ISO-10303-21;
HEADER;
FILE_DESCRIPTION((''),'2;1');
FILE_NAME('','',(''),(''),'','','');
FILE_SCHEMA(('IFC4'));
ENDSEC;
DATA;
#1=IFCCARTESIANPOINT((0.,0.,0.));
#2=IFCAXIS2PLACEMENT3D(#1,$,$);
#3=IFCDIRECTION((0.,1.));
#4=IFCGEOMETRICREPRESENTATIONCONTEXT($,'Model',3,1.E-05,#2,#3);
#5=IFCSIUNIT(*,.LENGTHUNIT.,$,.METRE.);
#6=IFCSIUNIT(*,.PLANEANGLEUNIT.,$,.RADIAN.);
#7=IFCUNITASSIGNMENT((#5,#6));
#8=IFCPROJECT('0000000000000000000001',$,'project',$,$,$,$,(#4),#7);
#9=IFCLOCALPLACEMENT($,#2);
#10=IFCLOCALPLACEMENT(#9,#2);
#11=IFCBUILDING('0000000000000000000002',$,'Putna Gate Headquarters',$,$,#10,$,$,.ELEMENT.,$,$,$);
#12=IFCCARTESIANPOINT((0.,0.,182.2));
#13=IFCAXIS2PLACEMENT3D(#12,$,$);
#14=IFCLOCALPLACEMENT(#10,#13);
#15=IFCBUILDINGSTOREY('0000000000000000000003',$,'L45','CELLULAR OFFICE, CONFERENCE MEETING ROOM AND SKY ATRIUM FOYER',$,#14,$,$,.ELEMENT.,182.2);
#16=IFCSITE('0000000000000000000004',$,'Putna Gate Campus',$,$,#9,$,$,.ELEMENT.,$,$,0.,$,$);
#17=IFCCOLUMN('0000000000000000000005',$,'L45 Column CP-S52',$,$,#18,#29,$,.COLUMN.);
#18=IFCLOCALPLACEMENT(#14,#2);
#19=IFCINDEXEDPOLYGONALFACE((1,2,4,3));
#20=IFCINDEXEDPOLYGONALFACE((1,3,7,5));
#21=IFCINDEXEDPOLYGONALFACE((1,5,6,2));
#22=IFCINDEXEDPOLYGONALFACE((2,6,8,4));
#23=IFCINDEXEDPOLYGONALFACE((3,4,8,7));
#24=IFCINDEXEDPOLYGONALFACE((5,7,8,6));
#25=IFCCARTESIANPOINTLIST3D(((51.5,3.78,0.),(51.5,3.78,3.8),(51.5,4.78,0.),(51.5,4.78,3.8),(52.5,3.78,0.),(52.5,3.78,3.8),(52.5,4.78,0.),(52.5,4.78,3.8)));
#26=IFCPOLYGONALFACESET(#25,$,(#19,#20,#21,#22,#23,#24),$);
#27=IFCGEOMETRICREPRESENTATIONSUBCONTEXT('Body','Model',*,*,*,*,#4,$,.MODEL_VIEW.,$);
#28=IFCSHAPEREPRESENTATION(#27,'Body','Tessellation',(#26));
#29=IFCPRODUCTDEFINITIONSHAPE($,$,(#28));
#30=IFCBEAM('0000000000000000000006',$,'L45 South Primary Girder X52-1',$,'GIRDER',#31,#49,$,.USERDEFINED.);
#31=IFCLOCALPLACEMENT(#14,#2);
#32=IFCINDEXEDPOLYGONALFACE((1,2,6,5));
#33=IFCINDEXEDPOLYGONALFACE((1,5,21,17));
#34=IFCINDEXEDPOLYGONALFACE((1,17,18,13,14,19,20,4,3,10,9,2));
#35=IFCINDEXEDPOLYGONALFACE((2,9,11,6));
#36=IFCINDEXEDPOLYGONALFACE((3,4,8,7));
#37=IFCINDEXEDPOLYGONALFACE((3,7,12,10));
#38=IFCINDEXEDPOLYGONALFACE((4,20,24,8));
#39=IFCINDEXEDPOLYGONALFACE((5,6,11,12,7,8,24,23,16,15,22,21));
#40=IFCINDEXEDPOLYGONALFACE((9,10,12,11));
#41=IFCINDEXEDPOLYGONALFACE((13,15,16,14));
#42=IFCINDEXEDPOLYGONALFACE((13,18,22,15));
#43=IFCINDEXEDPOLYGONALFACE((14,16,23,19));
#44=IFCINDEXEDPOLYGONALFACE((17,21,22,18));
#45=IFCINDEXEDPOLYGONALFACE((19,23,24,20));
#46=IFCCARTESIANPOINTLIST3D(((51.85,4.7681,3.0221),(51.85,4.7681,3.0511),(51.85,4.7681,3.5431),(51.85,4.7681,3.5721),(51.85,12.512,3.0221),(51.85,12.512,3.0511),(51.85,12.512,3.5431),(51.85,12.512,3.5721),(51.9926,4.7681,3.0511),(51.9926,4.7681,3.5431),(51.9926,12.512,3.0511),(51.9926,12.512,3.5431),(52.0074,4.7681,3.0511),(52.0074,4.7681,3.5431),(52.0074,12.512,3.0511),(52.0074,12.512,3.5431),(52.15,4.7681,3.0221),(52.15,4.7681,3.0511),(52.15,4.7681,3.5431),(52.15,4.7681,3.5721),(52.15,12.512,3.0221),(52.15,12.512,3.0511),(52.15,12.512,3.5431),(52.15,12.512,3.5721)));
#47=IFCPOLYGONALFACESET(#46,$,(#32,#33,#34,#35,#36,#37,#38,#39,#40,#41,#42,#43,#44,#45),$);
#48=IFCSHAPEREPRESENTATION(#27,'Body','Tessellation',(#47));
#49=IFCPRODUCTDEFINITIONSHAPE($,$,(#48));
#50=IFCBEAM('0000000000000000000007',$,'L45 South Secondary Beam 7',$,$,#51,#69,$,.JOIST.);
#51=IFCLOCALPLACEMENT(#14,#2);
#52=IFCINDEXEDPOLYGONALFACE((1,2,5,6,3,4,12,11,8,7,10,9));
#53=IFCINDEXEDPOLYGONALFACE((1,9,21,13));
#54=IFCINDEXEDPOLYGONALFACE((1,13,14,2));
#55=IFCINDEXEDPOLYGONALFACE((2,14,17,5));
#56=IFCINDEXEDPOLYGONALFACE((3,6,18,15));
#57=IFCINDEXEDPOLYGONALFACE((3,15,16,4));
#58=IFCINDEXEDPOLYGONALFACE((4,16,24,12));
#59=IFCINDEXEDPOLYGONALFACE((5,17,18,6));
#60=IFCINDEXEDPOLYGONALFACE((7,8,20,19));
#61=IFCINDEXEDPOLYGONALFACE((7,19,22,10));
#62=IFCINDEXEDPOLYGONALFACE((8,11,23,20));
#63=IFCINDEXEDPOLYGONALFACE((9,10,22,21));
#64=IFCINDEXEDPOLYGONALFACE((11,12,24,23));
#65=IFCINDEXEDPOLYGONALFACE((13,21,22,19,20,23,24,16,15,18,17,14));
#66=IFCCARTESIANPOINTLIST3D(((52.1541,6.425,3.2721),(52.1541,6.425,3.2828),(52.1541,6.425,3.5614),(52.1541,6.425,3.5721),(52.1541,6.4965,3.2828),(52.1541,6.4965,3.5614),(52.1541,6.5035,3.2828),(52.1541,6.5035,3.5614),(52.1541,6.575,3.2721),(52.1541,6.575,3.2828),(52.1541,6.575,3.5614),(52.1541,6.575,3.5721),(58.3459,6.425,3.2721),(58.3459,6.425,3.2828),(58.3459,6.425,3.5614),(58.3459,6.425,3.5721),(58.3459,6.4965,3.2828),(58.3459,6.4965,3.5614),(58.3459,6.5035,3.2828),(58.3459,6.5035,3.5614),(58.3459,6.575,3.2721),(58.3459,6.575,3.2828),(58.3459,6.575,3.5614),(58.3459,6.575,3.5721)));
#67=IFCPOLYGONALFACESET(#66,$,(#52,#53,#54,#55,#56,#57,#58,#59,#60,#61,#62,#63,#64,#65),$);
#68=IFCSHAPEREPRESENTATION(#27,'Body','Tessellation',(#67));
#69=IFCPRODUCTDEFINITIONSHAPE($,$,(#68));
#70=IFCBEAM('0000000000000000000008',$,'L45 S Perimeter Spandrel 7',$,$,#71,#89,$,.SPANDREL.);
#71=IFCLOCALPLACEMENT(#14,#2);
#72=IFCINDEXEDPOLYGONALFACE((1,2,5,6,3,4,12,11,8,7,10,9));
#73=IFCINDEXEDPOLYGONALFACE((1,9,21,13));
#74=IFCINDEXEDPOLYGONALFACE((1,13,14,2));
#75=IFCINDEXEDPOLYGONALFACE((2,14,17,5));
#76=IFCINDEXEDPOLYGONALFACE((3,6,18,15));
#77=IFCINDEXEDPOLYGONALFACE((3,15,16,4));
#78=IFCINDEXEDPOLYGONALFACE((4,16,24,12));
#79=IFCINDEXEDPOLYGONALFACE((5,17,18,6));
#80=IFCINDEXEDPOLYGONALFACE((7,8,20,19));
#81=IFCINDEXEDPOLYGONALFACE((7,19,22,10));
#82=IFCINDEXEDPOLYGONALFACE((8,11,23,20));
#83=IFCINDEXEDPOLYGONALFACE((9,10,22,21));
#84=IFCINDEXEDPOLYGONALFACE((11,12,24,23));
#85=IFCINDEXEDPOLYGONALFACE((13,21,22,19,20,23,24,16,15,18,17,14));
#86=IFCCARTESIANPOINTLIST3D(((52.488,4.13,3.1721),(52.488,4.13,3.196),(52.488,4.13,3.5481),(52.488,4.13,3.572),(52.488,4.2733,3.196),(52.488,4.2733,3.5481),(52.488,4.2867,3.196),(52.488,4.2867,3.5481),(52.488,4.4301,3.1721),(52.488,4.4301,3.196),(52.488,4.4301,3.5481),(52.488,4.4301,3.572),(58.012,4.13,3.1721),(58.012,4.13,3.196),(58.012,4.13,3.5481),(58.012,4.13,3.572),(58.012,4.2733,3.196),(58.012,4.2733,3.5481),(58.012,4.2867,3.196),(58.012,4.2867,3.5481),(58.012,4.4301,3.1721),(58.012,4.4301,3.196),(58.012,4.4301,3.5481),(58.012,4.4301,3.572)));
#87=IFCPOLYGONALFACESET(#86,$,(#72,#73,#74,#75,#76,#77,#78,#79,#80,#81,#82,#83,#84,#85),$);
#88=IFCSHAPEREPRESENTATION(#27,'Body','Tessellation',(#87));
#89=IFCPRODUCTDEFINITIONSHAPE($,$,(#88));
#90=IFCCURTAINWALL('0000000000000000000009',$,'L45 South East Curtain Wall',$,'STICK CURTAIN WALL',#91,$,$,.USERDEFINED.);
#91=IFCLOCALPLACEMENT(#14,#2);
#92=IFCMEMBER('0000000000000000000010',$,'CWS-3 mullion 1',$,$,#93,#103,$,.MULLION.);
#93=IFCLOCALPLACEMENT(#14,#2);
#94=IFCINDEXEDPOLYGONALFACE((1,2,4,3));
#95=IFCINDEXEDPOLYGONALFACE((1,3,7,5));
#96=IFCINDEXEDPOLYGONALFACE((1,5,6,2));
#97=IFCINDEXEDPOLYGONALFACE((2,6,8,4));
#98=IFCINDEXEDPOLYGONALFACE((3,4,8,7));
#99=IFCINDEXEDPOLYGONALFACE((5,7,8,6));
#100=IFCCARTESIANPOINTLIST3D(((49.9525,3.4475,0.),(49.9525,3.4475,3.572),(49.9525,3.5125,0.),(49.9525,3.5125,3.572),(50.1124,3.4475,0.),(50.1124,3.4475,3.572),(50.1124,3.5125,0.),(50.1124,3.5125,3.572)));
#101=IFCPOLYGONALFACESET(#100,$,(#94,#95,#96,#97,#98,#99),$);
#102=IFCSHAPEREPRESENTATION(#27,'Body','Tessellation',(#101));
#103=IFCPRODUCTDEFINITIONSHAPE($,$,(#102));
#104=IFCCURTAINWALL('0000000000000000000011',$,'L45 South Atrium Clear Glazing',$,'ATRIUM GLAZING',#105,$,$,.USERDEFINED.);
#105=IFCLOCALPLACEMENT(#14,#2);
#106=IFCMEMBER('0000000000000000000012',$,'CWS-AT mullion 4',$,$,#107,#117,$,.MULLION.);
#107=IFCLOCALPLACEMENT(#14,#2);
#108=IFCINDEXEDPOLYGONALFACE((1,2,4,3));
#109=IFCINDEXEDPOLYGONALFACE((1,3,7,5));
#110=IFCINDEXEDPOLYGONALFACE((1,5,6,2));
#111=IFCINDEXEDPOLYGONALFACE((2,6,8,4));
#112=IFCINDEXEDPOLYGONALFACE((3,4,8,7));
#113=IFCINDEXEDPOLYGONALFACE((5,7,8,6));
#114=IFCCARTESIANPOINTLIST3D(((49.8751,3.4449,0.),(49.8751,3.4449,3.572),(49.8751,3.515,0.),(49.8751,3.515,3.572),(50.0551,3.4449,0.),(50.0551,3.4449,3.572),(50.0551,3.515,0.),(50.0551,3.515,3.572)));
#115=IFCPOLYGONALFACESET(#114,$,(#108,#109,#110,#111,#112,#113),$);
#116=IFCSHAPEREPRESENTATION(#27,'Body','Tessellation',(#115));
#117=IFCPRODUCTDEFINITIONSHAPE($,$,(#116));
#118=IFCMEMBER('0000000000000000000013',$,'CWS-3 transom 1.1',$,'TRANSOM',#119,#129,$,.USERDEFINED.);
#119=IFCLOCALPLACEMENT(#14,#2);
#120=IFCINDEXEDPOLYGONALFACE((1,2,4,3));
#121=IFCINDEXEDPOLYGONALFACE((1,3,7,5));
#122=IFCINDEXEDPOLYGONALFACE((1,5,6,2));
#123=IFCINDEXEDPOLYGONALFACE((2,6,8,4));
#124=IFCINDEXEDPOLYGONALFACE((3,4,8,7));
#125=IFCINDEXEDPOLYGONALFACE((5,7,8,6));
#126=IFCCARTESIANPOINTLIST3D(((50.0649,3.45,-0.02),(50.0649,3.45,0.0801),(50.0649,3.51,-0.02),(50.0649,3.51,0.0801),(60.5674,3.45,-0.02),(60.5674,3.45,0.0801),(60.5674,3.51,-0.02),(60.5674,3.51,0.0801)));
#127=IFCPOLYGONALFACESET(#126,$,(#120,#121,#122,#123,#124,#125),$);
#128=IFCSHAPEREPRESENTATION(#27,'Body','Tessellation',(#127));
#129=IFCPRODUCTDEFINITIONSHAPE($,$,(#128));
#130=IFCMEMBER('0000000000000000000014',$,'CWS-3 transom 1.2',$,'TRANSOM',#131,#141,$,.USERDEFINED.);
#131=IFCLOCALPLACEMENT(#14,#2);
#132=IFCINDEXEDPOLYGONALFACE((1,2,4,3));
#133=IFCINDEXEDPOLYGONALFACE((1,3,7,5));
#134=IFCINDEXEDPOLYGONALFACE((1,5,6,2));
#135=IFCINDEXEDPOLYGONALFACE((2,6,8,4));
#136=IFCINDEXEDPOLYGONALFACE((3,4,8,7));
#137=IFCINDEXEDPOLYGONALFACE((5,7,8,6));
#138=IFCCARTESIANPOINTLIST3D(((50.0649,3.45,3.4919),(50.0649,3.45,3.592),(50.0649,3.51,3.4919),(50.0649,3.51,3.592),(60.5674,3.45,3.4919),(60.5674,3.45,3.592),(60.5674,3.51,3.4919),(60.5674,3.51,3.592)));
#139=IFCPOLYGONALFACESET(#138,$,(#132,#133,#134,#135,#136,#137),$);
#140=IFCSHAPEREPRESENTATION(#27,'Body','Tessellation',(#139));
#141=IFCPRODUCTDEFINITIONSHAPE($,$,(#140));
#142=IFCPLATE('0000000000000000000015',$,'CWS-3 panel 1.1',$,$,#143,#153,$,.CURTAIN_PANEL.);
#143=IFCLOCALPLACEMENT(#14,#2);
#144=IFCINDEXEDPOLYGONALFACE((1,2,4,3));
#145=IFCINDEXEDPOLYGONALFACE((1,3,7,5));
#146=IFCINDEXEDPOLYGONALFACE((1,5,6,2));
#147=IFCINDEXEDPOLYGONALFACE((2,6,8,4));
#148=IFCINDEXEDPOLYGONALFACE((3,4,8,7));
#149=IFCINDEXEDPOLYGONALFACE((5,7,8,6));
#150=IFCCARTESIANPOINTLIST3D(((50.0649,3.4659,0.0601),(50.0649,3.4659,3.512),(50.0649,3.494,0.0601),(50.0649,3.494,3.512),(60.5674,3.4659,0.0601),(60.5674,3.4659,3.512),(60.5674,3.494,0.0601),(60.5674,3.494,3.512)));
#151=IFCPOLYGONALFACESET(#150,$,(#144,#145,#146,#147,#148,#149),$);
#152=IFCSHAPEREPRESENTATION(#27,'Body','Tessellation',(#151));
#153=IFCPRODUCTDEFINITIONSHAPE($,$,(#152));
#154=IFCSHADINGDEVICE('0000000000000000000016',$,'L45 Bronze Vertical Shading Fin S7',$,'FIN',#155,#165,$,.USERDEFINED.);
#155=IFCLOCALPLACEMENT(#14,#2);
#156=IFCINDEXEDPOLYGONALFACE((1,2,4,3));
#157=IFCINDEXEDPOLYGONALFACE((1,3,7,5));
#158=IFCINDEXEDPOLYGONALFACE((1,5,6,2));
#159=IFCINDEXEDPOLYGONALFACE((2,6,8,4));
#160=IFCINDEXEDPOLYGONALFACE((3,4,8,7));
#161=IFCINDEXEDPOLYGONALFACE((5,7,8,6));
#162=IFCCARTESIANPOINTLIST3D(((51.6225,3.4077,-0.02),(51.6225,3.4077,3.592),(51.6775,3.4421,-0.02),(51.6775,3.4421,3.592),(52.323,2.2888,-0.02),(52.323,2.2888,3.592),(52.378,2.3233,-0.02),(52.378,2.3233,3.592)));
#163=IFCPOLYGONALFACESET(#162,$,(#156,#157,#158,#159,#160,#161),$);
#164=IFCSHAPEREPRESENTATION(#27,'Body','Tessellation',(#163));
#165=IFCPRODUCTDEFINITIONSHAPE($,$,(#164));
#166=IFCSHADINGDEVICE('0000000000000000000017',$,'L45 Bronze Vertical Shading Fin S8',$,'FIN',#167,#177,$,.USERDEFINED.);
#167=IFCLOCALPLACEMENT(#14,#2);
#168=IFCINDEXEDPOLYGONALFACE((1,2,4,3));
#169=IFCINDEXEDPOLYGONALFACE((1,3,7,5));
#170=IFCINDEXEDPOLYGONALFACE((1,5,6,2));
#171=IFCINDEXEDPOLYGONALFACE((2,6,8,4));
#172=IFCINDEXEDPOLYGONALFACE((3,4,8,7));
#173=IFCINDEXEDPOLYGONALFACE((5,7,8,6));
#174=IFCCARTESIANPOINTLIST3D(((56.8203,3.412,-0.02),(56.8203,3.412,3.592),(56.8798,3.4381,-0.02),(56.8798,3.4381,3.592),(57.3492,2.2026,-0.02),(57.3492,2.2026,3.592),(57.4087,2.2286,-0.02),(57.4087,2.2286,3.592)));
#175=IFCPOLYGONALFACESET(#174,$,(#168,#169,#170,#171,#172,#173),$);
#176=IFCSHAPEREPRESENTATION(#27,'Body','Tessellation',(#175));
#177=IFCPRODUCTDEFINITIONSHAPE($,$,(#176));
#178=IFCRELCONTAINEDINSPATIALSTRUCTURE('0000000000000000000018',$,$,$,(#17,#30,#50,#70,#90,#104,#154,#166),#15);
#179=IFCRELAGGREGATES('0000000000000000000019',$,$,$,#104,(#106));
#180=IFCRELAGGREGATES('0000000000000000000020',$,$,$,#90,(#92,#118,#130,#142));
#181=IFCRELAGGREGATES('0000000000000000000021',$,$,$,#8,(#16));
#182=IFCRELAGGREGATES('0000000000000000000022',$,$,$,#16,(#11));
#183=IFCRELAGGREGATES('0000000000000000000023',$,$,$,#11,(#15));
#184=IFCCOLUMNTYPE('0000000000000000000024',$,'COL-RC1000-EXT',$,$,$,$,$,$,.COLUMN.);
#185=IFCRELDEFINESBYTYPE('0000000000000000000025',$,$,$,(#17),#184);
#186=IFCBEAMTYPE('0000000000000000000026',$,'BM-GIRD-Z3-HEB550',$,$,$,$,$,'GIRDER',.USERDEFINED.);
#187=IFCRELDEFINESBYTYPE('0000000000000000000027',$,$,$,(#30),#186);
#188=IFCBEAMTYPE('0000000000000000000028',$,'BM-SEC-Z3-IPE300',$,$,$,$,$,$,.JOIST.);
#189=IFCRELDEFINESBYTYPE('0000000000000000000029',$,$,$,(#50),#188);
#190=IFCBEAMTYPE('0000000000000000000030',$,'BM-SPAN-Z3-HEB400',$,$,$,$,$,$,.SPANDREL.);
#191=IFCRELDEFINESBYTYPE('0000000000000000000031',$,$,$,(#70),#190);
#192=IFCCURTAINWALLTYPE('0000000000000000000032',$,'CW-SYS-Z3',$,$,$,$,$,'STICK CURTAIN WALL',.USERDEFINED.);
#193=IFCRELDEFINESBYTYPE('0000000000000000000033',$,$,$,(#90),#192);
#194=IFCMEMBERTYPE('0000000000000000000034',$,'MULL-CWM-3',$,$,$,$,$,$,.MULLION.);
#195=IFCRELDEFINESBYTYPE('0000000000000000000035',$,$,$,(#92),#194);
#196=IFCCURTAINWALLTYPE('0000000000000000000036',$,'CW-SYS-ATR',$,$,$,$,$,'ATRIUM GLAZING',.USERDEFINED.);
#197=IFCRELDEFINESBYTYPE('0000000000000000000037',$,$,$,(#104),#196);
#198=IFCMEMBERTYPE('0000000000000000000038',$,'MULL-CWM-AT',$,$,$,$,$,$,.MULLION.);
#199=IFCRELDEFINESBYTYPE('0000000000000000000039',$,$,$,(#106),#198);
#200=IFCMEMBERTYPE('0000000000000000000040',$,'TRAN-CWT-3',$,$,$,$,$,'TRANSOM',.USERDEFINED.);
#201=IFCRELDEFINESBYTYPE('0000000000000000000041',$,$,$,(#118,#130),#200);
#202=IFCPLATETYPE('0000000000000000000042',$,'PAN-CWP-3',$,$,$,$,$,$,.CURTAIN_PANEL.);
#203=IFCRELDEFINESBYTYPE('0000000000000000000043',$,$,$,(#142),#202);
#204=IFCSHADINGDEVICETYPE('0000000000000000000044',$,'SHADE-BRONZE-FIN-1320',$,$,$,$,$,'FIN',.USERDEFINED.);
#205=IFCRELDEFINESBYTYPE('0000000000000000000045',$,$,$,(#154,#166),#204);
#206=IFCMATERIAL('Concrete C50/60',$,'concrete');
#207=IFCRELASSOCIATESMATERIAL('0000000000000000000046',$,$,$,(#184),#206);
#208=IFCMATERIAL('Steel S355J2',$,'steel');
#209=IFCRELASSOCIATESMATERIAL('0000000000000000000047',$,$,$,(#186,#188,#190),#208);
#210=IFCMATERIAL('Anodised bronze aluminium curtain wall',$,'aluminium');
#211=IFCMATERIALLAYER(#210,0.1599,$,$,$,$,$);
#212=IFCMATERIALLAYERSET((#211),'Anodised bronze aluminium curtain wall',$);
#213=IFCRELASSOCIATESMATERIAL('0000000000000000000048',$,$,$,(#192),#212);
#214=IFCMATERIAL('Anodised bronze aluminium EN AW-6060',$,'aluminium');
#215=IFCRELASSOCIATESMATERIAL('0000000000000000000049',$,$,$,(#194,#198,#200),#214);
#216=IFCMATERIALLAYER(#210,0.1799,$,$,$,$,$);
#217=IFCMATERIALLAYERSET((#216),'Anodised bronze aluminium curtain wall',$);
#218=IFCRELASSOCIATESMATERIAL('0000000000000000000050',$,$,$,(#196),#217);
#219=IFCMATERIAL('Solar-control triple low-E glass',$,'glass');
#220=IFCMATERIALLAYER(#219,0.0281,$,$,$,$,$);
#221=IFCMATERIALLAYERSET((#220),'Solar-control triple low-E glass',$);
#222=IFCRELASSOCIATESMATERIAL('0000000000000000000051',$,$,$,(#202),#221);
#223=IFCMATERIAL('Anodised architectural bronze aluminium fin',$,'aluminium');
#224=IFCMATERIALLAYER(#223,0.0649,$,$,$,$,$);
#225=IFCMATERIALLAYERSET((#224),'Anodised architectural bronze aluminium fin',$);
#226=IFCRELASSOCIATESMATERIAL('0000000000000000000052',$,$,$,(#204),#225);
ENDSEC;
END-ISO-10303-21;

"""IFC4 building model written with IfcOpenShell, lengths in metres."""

from ifc_helpers import new_model, si_unit, direction, frame, origin, origin_2d, place, context, subcontext, project, spatial, rectangle, i_section, extrude, material, layer, layer_set, material_profile, profile_set, type_object, element, aggregate, save


model = new_model("IFC4")

# Units and contexts
model_context = context("Model", 3, precision=1e-05, world=origin(), true_north=direction((0.0, 1.0)))
body_context = subcontext(model_context, "Body", "Model", "MODEL_VIEW")
ifc_project = project(units=[si_unit("LENGTHUNIT", "METRE"), si_unit("PLANEANGLEUNIT", "RADIAN")], contexts=[model_context])

# Site, building, storey
site_placement = place(None, origin())
site = spatial("IfcSite", under=ifc_project, at=site_placement, Name="Putna Gate Campus", CompositionType="ELEMENT", RefElevation=0.0)
building_placement = place(site_placement, origin())
building = spatial("IfcBuilding", under=site, at=building_placement, Name="Putna Gate Headquarters", CompositionType="ELEMENT")
storey_placement = place(building_placement, frame((0.0, 0.0, 182.2)))
storey = spatial("IfcBuildingStorey", under=building, at=storey_placement, Name="L45", Description="CELLULAR OFFICE, CONFERENCE MEETING ROOM AND SKY ATRIUM FOYER", CompositionType="ELEMENT", Elevation=182.2)

# Column
ifc_material_1 = material(Name="Concrete C50/60", Category="concrete")
ifc_material_profile_1 = material_profile(ifc_material_1, rectangle(XDim=1.0, YDim=1.0, at=origin_2d()), Name="Concrete C50/60")
ifc_profile_set_1 = profile_set([ifc_material_profile_1], Name="Concrete C50/60")
column_type = type_object("IfcColumnType", Name="COL-RC1000-EXT", PredefinedType="COLUMN", material=ifc_profile_set_1)
column_placement = place(storey_placement, frame((52.0, 4.28, 0.0), z_axis=(0.0, 0.0, 1.0), x_axis=(1.0, 0.0, 0.0)))
element("IfcColumn", 1, at=column_placement, inside=storey, type_object=column_type, Name="L45 Column CP-S52", PredefinedType="COLUMN", context=body_context, shape_type="SweptSolid", body=[
    extrude(rectangle(XDim=1.0, YDim=1.0, at=origin_2d()), origin(), (0.0, 0.0, 1.0), 3.8),
])

# Beams
ifc_material_2 = material(Name="Steel S355J2", Category="steel")
ifc_material_profile_2 = material_profile(ifc_material_2, i_section(OverallWidth=0.3, OverallDepth=0.55, WebThickness=0.0149, FlangeThickness=0.0291, at=origin_2d()), Name="Steel S355J2")
ifc_profile_set_2 = profile_set([ifc_material_profile_2], Name="Steel S355J2")
beam_type_1 = type_object("IfcBeamType", Name="BM-GIRD-Z3-HEB550", ElementType="GIRDER", PredefinedType="USERDEFINED", material=ifc_profile_set_2)
beam_1_placement = place(storey_placement, frame((52.0, 4.7681, 3.2971), z_axis=(0.0, 1.0, 0.0), x_axis=(-1.0, 0.0, 0.0)))
element("IfcBeam", 2, at=beam_1_placement, inside=storey, type_object=beam_type_1, Name="L45 South Primary Girder X52-1", ObjectType="GIRDER", PredefinedType="USERDEFINED", context=body_context, shape_type="SweptSolid", body=[
    extrude(i_section(OverallWidth=0.3, OverallDepth=0.55, WebThickness=0.0149, FlangeThickness=0.0291, at=origin_2d()), origin(), (0.0, 0.0, 1.0), 7.7439),
])
ifc_material_profile_3 = material_profile(ifc_material_2, i_section(OverallWidth=0.1499, OverallDepth=0.3, WebThickness=0.0071, FlangeThickness=0.0107, at=origin_2d()), Name="Steel S355J2")
ifc_profile_set_3 = profile_set([ifc_material_profile_3], Name="Steel S355J2")
beam_type_2 = type_object("IfcBeamType", Name="BM-SEC-Z3-IPE300", PredefinedType="JOIST", material=ifc_profile_set_3)
beam_2_placement = place(storey_placement, frame((52.1541, 6.5, 3.4221), z_axis=(1.0, 0.0, 0.0), x_axis=(0.0, 1.0, 0.0)))
element("IfcBeam", 3, at=beam_2_placement, inside=storey, type_object=beam_type_2, Name="L45 South Secondary Beam 7", PredefinedType="JOIST", context=body_context, shape_type="SweptSolid", body=[
    extrude(i_section(OverallWidth=0.1499, OverallDepth=0.3, WebThickness=0.0071, FlangeThickness=0.0107, at=origin_2d()), origin(), (0.0, 0.0, 1.0), 6.1919),
])
ifc_material_profile_4 = material_profile(ifc_material_2, i_section(OverallWidth=0.3, OverallDepth=0.3999, WebThickness=0.0134, FlangeThickness=0.0239, at=origin_2d()), Name="Steel S355J2")
ifc_profile_set_4 = profile_set([ifc_material_profile_4], Name="Steel S355J2")
beam_type_3 = type_object("IfcBeamType", Name="BM-SPAN-Z3-HEB400", PredefinedType="SPANDREL", material=ifc_profile_set_4)
beam_3_placement = place(storey_placement, frame((52.488, 4.28, 3.3721), z_axis=(1.0, 0.0, 0.0), x_axis=(0.0, 1.0, 0.0)))
element("IfcBeam", 4, at=beam_3_placement, inside=storey, type_object=beam_type_3, Name="L45 S Perimeter Spandrel 7", PredefinedType="SPANDREL", context=body_context, shape_type="SweptSolid", body=[
    extrude(i_section(OverallWidth=0.3, OverallDepth=0.3999, WebThickness=0.0134, FlangeThickness=0.0239, at=origin_2d()), origin(), (0.0, 0.0, 1.0), 5.5239),
])

# Curtain walls, members
ifc_material_3 = material(Name="Anodised bronze aluminium curtain wall", Category="aluminium")
ifc_layer_1 = layer(ifc_material_3, 0.1599)
ifc_layer_set_1 = layer_set([ifc_layer_1], Name="Anodised bronze aluminium curtain wall")
curtain_wall_type_1 = type_object("IfcCurtainWallType", Name="CW-SYS-Z3", ElementType="STICK CURTAIN WALL", PredefinedType="USERDEFINED", material=ifc_layer_set_1)
curtain_wall_1_placement = place(storey_placement, origin())
curtain_wall_1 = element("IfcCurtainWall", 5, at=curtain_wall_1_placement, inside=storey, type_object=curtain_wall_type_1, Name="L45 South East Curtain Wall", ObjectType="STICK CURTAIN WALL", PredefinedType="USERDEFINED")
ifc_material_4 = material(Name="Anodised bronze aluminium EN AW-6060", Category="aluminium")
ifc_material_profile_5 = material_profile(ifc_material_4, rectangle(XDim=0.0649, YDim=0.1599, at=origin_2d()), Name="Anodised bronze aluminium EN AW-6060")
ifc_profile_set_5 = profile_set([ifc_material_profile_5], Name="Anodised bronze aluminium EN AW-6060")
member_type_1 = type_object("IfcMemberType", Name="MULL-CWM-3", PredefinedType="MULLION", material=ifc_profile_set_5)
member_1_placement = place(storey_placement, frame((50.0325, 3.48, 0.0), z_axis=(0.0, 0.0, 1.0), x_axis=(0.0, 1.0, 0.0)))
member_1 = element("IfcMember", 6, at=member_1_placement, type_object=member_type_1, Name="CWS-3 mullion 1", PredefinedType="MULLION", context=body_context, shape_type="SweptSolid", body=[
    extrude(rectangle(XDim=0.0649, YDim=0.1599, at=origin_2d()), origin(), (0.0, 0.0, 1.0), 3.572),
])
ifc_layer_2 = layer(ifc_material_3, 0.1799)
ifc_layer_set_2 = layer_set([ifc_layer_2], Name="Anodised bronze aluminium curtain wall")
curtain_wall_type_2 = type_object("IfcCurtainWallType", Name="CW-SYS-ATR", ElementType="ATRIUM GLAZING", PredefinedType="USERDEFINED", material=ifc_layer_set_2)
curtain_wall_2_placement = place(storey_placement, origin())
curtain_wall_2 = element("IfcCurtainWall", 7, at=curtain_wall_2_placement, inside=storey, type_object=curtain_wall_type_2, Name="L45 South Atrium Clear Glazing", ObjectType="ATRIUM GLAZING", PredefinedType="USERDEFINED")
ifc_material_profile_6 = material_profile(ifc_material_4, rectangle(XDim=0.0701, YDim=0.1799, at=origin_2d()), Name="Anodised bronze aluminium EN AW-6060")
ifc_profile_set_6 = profile_set([ifc_material_profile_6], Name="Anodised bronze aluminium EN AW-6060")
member_type_2 = type_object("IfcMemberType", Name="MULL-CWM-AT", PredefinedType="MULLION", material=ifc_profile_set_6)
member_2_placement = place(storey_placement, frame((49.9651, 3.48, 0.0), z_axis=(0.0, 0.0, 1.0), x_axis=(0.0, 1.0, 0.0)))
member_2 = element("IfcMember", 8, at=member_2_placement, type_object=member_type_2, Name="CWS-AT mullion 4", PredefinedType="MULLION", context=body_context, shape_type="SweptSolid", body=[
    extrude(rectangle(XDim=0.0701, YDim=0.1799, at=origin_2d()), origin(), (0.0, 0.0, 1.0), 3.572),
])
aggregate(curtain_wall_2, [member_2])

# Members
ifc_material_profile_7 = material_profile(ifc_material_4, rectangle(XDim=0.0601, YDim=0.1001, at=origin_2d()), Name="Anodised bronze aluminium EN AW-6060")
ifc_profile_set_7 = profile_set([ifc_material_profile_7], Name="Anodised bronze aluminium EN AW-6060")
member_type_3 = type_object("IfcMemberType", Name="TRAN-CWT-3", ElementType="TRANSOM", PredefinedType="USERDEFINED", material=ifc_profile_set_7)
member_3_placement = place(storey_placement, frame((50.0649, 3.48, 0.03), z_axis=(1.0, 0.0, 0.0), x_axis=(0.0, 1.0, 0.0)))
member_3 = element("IfcMember", 9, at=member_3_placement, type_object=member_type_3, Name="CWS-3 transom 1.1", ObjectType="TRANSOM", PredefinedType="USERDEFINED", context=body_context, shape_type="SweptSolid", body=[
    extrude(rectangle(XDim=0.0601, YDim=0.1001, at=origin_2d()), origin(), (0.0, 0.0, 1.0), 10.5024),
])
member_4_placement = place(storey_placement, frame((50.0649, 3.48, 3.542), z_axis=(1.0, 0.0, 0.0), x_axis=(0.0, 1.0, 0.0)))
member_4 = element("IfcMember", 10, at=member_4_placement, type_object=member_type_3, Name="CWS-3 transom 1.2", ObjectType="TRANSOM", PredefinedType="USERDEFINED", context=body_context, shape_type="SweptSolid", body=[
    extrude(rectangle(XDim=0.0601, YDim=0.1001, at=origin_2d()), origin(), (0.0, 0.0, 1.0), 10.5024),
])

# Plate
ifc_material_5 = material(Name="Solar-control triple low-E glass", Category="glass")
ifc_layer_3 = layer(ifc_material_5, 0.0281)
ifc_layer_set_3 = layer_set([ifc_layer_3], Name="Solar-control triple low-E glass")
plate_type = type_object("IfcPlateType", Name="PAN-CWP-3", PredefinedType="CURTAIN_PANEL", material=ifc_layer_set_3)
plate_placement = place(storey_placement, frame((55.3162, 3.48, 0.0601), z_axis=(0.0, 0.0, 1.0), x_axis=(1.0, 0.0, 0.0)))
plate = element("IfcPlate", 11, at=plate_placement, type_object=plate_type, Name="CWS-3 panel 1.1", PredefinedType="CURTAIN_PANEL", context=body_context, shape_type="SweptSolid", body=[
    extrude(rectangle(XDim=10.5024, YDim=0.0281, at=origin_2d()), origin(), (0.0, 0.0, 1.0), 3.4519),
])
aggregate(curtain_wall_1, [member_1, member_3, member_4, plate])

# Shading devices
ifc_material_6 = material(Name="Anodised architectural bronze aluminium fin", Category="aluminium")
ifc_layer_4 = layer(ifc_material_6, 0.0649)
ifc_layer_set_4 = layer_set([ifc_layer_4], Name="Anodised architectural bronze aluminium fin")
shading_device_type = type_object("IfcShadingDeviceType", Name="SHADE-BRONZE-FIN-1320", ElementType="FIN", PredefinedType="USERDEFINED", material=ifc_layer_set_4)
for number, where, z_axis, x_axis, name in (
    (12, (52.0002, 2.8655, -0.02), (0.0, 0.0, 1.0), (0.530659, -0.847585, 0.0), "L45 Bronze Vertical Shading Fin S7"),
    (13, (57.1145, 2.8203, -0.02), (0.0, 0.0, 1.0), (0.400669, -0.916223, 0.0), "L45 Bronze Vertical Shading Fin S8"),
):
    element("IfcShadingDevice", number, at=place(storey_placement, frame(where, z_axis=z_axis, x_axis=x_axis)), inside=storey, type_object=shading_device_type, Name=name, ObjectType="FIN", PredefinedType="USERDEFINED", context=body_context, shape_type="SweptSolid", body=[
        extrude(rectangle(XDim=1.3201, YDim=0.0649, at=origin_2d()), origin(), (0.0, 0.0, 1.0), 3.6121),
    ])

save(model, "model.ifc")
